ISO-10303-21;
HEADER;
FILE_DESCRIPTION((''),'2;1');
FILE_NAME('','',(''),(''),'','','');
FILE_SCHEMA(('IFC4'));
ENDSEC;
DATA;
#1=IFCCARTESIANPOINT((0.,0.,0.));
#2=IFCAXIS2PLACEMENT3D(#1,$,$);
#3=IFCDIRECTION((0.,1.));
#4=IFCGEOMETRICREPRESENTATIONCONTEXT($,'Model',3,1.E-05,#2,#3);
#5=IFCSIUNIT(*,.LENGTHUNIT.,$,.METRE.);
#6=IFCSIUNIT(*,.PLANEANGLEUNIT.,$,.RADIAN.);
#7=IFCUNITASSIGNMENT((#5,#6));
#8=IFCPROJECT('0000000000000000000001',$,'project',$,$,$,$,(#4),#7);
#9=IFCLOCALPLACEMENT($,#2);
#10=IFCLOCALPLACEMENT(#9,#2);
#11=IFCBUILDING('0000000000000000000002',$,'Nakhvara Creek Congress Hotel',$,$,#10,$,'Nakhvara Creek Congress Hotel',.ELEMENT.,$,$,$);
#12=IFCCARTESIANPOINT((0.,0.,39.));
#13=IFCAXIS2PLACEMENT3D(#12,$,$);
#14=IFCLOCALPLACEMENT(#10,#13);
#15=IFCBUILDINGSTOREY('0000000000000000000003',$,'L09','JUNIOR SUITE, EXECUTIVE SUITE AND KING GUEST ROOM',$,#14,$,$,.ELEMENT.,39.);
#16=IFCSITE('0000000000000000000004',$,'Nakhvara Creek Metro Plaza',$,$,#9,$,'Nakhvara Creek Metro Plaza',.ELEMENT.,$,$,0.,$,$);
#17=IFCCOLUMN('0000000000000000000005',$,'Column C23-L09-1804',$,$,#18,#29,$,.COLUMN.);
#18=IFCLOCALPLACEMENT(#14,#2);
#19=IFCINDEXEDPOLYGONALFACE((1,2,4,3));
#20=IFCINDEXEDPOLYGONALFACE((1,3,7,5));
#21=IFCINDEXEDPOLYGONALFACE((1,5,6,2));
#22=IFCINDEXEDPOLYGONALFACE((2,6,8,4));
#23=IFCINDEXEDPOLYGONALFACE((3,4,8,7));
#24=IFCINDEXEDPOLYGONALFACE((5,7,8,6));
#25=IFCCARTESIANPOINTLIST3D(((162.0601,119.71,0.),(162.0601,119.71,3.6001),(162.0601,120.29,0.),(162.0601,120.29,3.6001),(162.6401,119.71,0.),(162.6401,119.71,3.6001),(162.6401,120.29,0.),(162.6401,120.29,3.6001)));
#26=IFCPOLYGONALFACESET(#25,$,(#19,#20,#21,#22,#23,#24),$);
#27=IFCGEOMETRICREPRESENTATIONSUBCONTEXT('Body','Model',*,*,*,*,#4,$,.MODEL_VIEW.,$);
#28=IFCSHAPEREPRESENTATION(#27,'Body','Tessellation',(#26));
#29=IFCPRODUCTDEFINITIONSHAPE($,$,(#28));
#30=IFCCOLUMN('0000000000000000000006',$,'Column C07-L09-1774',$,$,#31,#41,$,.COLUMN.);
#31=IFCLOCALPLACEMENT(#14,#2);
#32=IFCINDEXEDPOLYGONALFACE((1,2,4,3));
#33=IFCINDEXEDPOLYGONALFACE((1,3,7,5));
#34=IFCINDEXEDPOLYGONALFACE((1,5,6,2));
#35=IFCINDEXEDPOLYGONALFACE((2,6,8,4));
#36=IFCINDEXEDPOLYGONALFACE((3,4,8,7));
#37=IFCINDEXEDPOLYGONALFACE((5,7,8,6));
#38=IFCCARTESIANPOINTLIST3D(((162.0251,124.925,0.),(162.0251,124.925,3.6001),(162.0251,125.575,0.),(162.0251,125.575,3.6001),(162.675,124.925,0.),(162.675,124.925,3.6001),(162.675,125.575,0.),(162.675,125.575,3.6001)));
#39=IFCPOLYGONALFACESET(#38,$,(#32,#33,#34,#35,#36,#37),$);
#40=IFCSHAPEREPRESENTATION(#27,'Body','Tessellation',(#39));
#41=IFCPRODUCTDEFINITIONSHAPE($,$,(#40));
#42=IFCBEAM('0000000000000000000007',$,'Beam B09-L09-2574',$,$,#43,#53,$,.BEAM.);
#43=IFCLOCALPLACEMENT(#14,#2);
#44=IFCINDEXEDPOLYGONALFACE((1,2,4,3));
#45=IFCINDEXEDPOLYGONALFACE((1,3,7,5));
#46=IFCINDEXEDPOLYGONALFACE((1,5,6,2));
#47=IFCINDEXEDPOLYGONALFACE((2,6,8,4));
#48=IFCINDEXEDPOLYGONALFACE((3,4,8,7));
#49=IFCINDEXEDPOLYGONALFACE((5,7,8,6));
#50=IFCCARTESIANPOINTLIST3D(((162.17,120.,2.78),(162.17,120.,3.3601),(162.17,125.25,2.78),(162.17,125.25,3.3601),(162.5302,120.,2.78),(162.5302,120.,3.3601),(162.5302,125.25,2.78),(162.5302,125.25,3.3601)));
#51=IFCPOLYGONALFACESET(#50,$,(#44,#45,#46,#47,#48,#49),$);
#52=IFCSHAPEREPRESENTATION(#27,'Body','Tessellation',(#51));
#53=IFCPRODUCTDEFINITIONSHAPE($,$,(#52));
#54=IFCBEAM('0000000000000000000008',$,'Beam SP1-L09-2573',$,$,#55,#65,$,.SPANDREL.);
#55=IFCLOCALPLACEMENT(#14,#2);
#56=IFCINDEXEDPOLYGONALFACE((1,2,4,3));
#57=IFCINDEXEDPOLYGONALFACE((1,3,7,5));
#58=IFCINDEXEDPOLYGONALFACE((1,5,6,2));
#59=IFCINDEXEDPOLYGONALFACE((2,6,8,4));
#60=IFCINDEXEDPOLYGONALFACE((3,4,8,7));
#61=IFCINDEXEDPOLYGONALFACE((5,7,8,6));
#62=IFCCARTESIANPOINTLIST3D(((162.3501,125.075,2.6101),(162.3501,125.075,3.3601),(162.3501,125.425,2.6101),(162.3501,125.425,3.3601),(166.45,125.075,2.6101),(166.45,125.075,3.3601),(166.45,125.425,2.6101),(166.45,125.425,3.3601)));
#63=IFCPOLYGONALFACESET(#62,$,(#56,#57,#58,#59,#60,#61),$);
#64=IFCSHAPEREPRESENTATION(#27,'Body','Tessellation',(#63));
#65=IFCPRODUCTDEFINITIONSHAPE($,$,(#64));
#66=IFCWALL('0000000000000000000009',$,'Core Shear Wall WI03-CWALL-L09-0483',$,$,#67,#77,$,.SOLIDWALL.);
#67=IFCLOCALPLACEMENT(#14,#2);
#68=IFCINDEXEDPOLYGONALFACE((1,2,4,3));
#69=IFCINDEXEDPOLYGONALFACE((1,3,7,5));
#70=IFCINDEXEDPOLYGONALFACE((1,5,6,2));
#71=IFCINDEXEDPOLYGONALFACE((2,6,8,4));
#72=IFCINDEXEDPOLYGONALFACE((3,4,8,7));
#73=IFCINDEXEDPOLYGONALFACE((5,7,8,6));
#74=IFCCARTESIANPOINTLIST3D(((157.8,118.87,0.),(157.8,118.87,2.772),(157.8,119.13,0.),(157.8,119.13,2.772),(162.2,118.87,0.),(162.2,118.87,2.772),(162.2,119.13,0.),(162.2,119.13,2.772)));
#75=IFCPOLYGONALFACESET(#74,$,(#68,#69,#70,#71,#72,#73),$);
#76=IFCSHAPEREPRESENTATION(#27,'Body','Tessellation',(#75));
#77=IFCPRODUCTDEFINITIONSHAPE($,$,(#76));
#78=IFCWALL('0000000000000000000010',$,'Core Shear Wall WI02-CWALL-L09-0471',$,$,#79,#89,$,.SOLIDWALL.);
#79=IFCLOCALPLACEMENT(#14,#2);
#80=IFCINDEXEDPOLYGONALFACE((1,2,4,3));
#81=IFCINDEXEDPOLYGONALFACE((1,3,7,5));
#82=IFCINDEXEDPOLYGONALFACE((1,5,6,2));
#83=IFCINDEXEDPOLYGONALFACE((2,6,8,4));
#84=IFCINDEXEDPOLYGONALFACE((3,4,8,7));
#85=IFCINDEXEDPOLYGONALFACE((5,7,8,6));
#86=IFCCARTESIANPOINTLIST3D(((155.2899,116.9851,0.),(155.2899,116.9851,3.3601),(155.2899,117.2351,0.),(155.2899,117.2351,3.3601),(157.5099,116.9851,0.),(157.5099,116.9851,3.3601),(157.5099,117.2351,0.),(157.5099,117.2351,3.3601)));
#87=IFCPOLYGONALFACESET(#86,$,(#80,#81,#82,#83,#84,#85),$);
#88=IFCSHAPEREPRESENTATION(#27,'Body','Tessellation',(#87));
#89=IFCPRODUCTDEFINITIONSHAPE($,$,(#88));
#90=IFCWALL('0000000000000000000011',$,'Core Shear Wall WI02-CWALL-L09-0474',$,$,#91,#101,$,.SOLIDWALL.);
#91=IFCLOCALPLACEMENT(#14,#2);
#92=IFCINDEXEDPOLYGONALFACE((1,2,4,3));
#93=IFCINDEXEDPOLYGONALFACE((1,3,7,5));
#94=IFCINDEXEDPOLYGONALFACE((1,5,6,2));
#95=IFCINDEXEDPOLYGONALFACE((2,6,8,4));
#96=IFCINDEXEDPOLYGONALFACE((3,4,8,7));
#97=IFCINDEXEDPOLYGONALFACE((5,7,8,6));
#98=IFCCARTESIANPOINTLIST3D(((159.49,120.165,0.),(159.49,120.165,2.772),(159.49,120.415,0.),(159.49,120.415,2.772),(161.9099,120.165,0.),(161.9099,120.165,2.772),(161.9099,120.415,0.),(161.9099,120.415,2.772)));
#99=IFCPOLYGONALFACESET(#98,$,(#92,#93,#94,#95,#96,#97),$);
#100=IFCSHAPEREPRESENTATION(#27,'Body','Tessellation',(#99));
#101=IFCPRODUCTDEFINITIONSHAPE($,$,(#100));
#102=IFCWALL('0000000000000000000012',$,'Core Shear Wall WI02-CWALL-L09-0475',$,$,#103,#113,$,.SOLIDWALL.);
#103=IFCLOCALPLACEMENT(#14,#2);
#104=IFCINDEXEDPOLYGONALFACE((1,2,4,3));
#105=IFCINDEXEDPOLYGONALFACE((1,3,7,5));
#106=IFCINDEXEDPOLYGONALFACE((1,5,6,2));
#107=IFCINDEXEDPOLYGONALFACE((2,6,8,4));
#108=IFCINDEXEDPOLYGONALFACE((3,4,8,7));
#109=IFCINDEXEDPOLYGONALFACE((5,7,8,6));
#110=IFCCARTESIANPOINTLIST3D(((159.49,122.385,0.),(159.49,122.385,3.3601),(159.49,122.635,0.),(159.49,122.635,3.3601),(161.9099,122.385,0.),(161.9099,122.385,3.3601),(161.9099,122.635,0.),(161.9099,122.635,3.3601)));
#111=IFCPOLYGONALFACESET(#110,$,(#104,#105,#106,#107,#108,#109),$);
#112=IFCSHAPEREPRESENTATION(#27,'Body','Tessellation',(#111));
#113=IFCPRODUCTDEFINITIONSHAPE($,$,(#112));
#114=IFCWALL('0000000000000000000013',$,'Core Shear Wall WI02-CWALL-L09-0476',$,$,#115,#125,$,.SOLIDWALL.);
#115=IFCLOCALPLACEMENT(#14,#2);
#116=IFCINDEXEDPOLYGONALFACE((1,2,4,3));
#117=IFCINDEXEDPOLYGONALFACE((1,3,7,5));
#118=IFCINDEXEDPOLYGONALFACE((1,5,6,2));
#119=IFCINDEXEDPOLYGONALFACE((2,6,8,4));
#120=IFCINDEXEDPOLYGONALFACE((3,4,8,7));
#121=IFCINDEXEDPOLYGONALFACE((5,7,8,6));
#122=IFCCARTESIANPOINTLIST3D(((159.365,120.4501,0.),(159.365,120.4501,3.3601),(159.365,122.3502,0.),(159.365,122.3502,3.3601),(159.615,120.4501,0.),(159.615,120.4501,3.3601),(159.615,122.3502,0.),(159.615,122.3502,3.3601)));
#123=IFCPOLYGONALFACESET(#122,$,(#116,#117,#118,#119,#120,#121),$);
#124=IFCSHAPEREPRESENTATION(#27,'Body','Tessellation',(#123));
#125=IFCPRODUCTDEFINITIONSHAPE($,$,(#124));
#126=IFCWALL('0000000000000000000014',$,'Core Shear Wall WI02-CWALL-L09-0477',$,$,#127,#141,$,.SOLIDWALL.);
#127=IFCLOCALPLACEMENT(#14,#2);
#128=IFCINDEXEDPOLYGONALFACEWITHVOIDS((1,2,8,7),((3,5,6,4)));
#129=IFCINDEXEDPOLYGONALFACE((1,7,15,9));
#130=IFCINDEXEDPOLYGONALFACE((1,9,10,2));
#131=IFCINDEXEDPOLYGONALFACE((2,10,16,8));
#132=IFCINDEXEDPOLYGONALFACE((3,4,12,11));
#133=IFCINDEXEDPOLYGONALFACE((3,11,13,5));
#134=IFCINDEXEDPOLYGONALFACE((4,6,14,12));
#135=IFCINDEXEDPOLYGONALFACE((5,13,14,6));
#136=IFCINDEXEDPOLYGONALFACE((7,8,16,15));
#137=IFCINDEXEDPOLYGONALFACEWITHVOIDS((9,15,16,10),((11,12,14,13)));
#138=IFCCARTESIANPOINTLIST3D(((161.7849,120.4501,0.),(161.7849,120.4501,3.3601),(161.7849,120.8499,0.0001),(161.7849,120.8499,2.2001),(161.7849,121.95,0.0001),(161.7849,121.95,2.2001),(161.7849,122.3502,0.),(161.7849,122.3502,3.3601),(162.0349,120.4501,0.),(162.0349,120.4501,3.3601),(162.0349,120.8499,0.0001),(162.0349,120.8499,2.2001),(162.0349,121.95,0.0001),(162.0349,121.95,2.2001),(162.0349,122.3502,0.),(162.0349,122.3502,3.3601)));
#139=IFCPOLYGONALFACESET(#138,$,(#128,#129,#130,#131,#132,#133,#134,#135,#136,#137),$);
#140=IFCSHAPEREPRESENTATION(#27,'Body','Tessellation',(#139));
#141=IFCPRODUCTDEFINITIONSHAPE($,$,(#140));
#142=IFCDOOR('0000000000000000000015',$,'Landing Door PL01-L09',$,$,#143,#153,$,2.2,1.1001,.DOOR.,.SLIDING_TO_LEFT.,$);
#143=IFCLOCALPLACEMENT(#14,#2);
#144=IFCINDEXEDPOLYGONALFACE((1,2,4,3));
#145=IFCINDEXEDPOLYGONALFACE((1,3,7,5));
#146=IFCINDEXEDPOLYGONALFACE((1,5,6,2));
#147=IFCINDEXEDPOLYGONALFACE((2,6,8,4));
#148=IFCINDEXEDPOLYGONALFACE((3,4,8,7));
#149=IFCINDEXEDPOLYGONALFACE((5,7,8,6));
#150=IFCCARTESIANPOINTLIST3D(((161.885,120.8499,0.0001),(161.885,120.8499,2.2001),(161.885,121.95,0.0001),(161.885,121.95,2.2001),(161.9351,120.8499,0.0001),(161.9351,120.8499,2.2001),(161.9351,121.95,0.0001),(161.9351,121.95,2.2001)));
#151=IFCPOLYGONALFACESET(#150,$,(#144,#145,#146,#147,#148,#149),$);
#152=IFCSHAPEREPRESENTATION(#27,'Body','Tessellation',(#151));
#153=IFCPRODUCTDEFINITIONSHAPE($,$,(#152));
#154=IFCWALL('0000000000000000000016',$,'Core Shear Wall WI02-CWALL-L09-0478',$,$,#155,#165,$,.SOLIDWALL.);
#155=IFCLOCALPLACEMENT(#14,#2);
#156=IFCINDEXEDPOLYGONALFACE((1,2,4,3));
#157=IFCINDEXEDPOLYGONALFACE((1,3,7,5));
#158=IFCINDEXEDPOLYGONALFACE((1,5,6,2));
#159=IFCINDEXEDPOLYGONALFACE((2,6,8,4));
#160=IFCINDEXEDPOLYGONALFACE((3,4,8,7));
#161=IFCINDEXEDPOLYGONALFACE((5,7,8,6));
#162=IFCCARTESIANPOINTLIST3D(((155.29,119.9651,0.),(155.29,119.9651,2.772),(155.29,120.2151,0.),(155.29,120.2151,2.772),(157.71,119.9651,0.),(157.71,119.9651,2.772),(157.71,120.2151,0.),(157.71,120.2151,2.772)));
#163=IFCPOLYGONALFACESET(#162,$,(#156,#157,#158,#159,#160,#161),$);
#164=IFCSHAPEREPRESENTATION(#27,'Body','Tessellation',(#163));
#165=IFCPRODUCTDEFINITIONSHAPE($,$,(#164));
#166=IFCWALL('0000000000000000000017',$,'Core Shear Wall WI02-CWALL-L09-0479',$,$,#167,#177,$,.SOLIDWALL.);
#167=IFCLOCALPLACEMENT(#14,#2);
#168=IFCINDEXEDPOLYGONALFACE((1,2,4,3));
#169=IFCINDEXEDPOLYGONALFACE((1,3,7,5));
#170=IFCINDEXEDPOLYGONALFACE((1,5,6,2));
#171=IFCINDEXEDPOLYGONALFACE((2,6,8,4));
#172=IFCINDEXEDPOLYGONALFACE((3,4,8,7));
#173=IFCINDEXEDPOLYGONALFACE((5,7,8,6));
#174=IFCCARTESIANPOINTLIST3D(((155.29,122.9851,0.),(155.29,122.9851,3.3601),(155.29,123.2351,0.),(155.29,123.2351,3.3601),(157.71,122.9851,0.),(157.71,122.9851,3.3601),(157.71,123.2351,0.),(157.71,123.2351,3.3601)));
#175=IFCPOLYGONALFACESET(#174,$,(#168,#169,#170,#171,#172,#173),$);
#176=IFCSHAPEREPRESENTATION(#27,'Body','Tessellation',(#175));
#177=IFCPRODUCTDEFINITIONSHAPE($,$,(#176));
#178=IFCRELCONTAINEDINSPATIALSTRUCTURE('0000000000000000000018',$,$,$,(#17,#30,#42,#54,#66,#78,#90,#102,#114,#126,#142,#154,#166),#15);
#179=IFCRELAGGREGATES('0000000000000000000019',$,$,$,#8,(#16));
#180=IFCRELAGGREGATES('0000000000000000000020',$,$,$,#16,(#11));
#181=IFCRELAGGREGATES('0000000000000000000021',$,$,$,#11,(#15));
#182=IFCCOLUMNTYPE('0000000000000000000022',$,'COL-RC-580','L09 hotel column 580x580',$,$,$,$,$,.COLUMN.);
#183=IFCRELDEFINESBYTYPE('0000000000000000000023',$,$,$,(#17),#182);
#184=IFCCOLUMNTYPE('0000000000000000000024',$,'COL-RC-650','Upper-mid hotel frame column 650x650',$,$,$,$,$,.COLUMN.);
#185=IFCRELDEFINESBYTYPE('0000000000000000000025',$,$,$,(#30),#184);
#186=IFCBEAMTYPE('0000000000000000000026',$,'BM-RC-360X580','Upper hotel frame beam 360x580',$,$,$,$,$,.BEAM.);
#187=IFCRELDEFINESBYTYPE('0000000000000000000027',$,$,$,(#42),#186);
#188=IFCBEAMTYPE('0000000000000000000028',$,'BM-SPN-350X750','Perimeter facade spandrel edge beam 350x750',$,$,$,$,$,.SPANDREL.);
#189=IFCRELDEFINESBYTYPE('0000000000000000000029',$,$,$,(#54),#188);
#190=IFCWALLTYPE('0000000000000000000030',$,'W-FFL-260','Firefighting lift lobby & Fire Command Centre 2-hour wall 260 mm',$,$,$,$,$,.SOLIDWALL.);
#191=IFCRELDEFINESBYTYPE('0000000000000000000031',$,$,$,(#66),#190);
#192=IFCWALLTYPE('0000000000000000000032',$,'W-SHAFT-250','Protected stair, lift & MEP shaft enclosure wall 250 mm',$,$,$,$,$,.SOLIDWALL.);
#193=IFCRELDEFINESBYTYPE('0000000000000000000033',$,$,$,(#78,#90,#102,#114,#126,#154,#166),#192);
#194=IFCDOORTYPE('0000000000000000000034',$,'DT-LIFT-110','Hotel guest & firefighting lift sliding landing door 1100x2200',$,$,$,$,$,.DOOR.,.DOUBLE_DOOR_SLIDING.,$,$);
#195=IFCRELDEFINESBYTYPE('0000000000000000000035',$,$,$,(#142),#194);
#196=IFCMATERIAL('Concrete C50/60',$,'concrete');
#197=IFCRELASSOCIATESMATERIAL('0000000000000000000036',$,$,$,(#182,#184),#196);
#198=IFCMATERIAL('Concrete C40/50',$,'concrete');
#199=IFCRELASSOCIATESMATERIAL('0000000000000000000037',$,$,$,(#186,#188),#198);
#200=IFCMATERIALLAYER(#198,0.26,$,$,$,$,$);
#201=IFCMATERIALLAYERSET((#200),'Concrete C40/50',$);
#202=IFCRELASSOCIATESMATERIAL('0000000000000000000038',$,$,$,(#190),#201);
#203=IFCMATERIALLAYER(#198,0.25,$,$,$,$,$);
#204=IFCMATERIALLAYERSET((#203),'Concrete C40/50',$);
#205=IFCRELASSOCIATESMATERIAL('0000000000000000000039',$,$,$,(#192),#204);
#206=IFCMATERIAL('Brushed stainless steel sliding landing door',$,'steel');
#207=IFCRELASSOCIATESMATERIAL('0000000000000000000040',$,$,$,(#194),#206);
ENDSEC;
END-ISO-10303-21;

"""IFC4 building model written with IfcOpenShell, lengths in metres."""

from ifc_helpers import new_model, si_unit, direction, frame, frame_2d, origin, origin_2d, place, context, subcontext, project, spatial, rectangle, extrude, material, layer, layer_set, material_profile, profile_set, type_object, element, fill, save


model = new_model("IFC4")

# Units and contexts
model_context = context("Model", 3, precision=1e-05, world=origin(), true_north=direction((0.0, 1.0)))
body_context = subcontext(model_context, "Body", "Model", "MODEL_VIEW")
ifc_project = project(units=[si_unit("LENGTHUNIT", "METRE"), si_unit("PLANEANGLEUNIT", "RADIAN")], contexts=[model_context])

# Site, building, storey
site_placement = place(None, origin())
site = spatial("IfcSite", under=ifc_project, at=site_placement, Name="Nakhvara Creek Metro Plaza", LongName="Nakhvara Creek Metro Plaza", CompositionType="ELEMENT", RefElevation=0.0)
building_placement = place(site_placement, origin())
building = spatial("IfcBuilding", under=site, at=building_placement, Name="Nakhvara Creek Congress Hotel", LongName="Nakhvara Creek Congress Hotel", CompositionType="ELEMENT")
storey_placement = place(building_placement, frame((0.0, 0.0, 39.0)))
storey = spatial("IfcBuildingStorey", under=building, at=storey_placement, Name="L09", Description="JUNIOR SUITE, EXECUTIVE SUITE AND KING GUEST ROOM", CompositionType="ELEMENT", Elevation=39.0)

# Columns
ifc_material_1 = material(Name="Concrete C50/60", Category="concrete")
ifc_material_profile_1 = material_profile(ifc_material_1, rectangle(XDim=0.5801, YDim=0.5801, at=origin_2d()), Name="RC-COL 580x580", Category="LoadBearing")
ifc_profile_set_1 = profile_set([ifc_material_profile_1], Name="Concrete C50/60")
column_type_1 = type_object("IfcColumnType", Name="COL-RC-580", Description="L09 hotel column 580x580", PredefinedType="COLUMN", material=ifc_profile_set_1)
column_1_placement = place(storey_placement, frame((162.3501, 120.0, 0.0), z_axis=(0.0, 0.0, 1.0), x_axis=(1.0, 0.0, 0.0)))
element("IfcColumn", 1, at=column_1_placement, inside=storey, type_object=column_type_1, Name="Column C23-L09-1804", PredefinedType="COLUMN", context=body_context, shape_type="SweptSolid", body=[
    extrude(rectangle(XDim=0.5801, YDim=0.5801, at=origin_2d()), origin(), (0.0, 0.0, 1.0), 3.6001),
])
ifc_material_profile_2 = material_profile(ifc_material_1, rectangle(XDim=0.6499, YDim=0.6499, at=origin_2d()), Name="RC-COL 650x650", Category="LoadBearing")
ifc_profile_set_2 = profile_set([ifc_material_profile_2], Name="Concrete C50/60")
column_type_2 = type_object("IfcColumnType", Name="COL-RC-650", Description="Upper-mid hotel frame column 650x650", PredefinedType="COLUMN", material=ifc_profile_set_2)
column_2_placement = place(storey_placement, frame((162.3501, 125.25, 0.0), z_axis=(0.0, 0.0, 1.0), x_axis=(1.0, 0.0, 0.0)))
element("IfcColumn", 2, at=column_2_placement, inside=storey, type_object=column_type_2, Name="Column C07-L09-1774", PredefinedType="COLUMN", context=body_context, shape_type="SweptSolid", body=[
    extrude(rectangle(XDim=0.6499, YDim=0.6499, at=origin_2d()), origin(), (0.0, 0.0, 1.0), 3.6001),
])

# Beams
ifc_material_2 = material(Name="Concrete C40/50", Category="concrete")
ifc_material_profile_3 = material_profile(ifc_material_2, rectangle(XDim=0.3601, YDim=0.5801, at=origin_2d()), Name="RC-BM 360x580", Category="LoadBearing")
ifc_profile_set_3 = profile_set([ifc_material_profile_3], Name="Concrete C40/50")
beam_type_1 = type_object("IfcBeamType", Name="BM-RC-360X580", Description="Upper hotel frame beam 360x580", PredefinedType="BEAM", material=ifc_profile_set_3)
beam_1_placement = place(storey_placement, frame((162.3501, 120.0, 3.0701), z_axis=(0.0, 1.0, 0.0), x_axis=(-1.0, 0.0, 0.0)))
element("IfcBeam", 3, at=beam_1_placement, inside=storey, type_object=beam_type_1, Name="Beam B09-L09-2574", PredefinedType="BEAM", context=body_context, shape_type="SweptSolid", body=[
    extrude(rectangle(XDim=0.3601, YDim=0.5801, at=origin_2d()), origin(), (0.0, 0.0, 1.0), 5.25),
])
ifc_material_profile_4 = material_profile(ifc_material_2, rectangle(XDim=0.3501, YDim=0.75, at=origin_2d()), Name="RC-SPANDREL 350x750", Category="LoadBearing")
ifc_profile_set_4 = profile_set([ifc_material_profile_4], Name="Concrete C40/50")
beam_type_2 = type_object("IfcBeamType", Name="BM-SPN-350X750", Description="Perimeter facade spandrel edge beam 350x750", PredefinedType="SPANDREL", material=ifc_profile_set_4)
beam_2_placement = place(storey_placement, frame((162.3501, 125.25, 2.9851), z_axis=(1.0, 0.0, 0.0), x_axis=(0.0, 1.0, 0.0)))
element("IfcBeam", 4, at=beam_2_placement, inside=storey, type_object=beam_type_2, Name="Beam SP1-L09-2573", PredefinedType="SPANDREL", context=body_context, shape_type="SweptSolid", body=[
    extrude(rectangle(XDim=0.3501, YDim=0.75, at=origin_2d()), origin(), (0.0, 0.0, 1.0), 4.0999),
])

# Walls
ifc_layer_1 = layer(ifc_material_2, 0.26)
ifc_layer_set_1 = layer_set([ifc_layer_1], Name="Concrete C40/50")
wall_type_1 = type_object("IfcWallType", Name="W-FFL-260", Description="Firefighting lift lobby & Fire Command Centre 2-hour wall 260 mm", PredefinedType="SOLIDWALL", material=ifc_layer_set_1)
wall_1_placement = place(storey_placement, frame((157.8, 119.0, 0.0), z_axis=(0.0, 0.0, 1.0), x_axis=(1.0, 0.0, 0.0)))
element("IfcWall", 5, at=wall_1_placement, inside=storey, type_object=wall_type_1, Name="Core Shear Wall WI03-CWALL-L09-0483", PredefinedType="SOLIDWALL", context=body_context, shape_type="SweptSolid", body=[
    extrude(rectangle(XDim=4.3999, YDim=0.26, at=frame_2d((2.2, 0.0))), origin(), (0.0, 0.0, 1.0), 2.772),
])
ifc_layer_2 = layer(ifc_material_2, 0.25)
ifc_layer_set_2 = layer_set([ifc_layer_2], Name="Concrete C40/50")
wall_type_2 = type_object("IfcWallType", Name="W-SHAFT-250", Description="Protected stair, lift & MEP shaft enclosure wall 250 mm", PredefinedType="SOLIDWALL", material=ifc_layer_set_2)
wall_2_placement = place(storey_placement, frame((155.29, 117.1101, 0.0), z_axis=(0.0, 0.0, 1.0), x_axis=(1.0, 0.0, 0.0)))
element("IfcWall", 6, at=wall_2_placement, inside=storey, type_object=wall_type_2, Name="Core Shear Wall WI02-CWALL-L09-0471", PredefinedType="SOLIDWALL", context=body_context, shape_type="SweptSolid", body=[
    extrude(rectangle(XDim=2.22, YDim=0.25, at=frame_2d((1.1099, 0.0))), origin(), (0.0, 0.0, 1.0), 3.3601),
])
wall_3_placement = place(storey_placement, frame((159.49, 120.29, 0.0), z_axis=(0.0, 0.0, 1.0), x_axis=(1.0, 0.0, 0.0)))
element("IfcWall", 7, at=wall_3_placement, inside=storey, type_object=wall_type_2, Name="Core Shear Wall WI02-CWALL-L09-0474", PredefinedType="SOLIDWALL", context=body_context, shape_type="SweptSolid", body=[
    extrude(rectangle(XDim=2.4199, YDim=0.25, at=frame_2d((1.21, 0.0))), origin(), (0.0, 0.0, 1.0), 2.772),
])
wall_4_placement = place(storey_placement, frame((159.49, 122.51, 0.0), z_axis=(0.0, 0.0, 1.0), x_axis=(1.0, 0.0, 0.0)))
element("IfcWall", 8, at=wall_4_placement, inside=storey, type_object=wall_type_2, Name="Core Shear Wall WI02-CWALL-L09-0475", PredefinedType="SOLIDWALL", context=body_context, shape_type="SweptSolid", body=[
    extrude(rectangle(XDim=2.4199, YDim=0.25, at=frame_2d((1.21, 0.0))), origin(), (0.0, 0.0, 1.0), 3.3601),
])
wall_5_placement = place(storey_placement, frame((159.49, 120.45, 0.0), z_axis=(0.0, 0.0, 1.0), x_axis=(0.0, 1.0, 0.0)))
element("IfcWall", 9, at=wall_5_placement, inside=storey, type_object=wall_type_2, Name="Core Shear Wall WI02-CWALL-L09-0476", PredefinedType="SOLIDWALL", context=body_context, shape_type="SweptSolid", body=[
    extrude(rectangle(XDim=1.9001, YDim=0.25, at=frame_2d((0.9502, 0.0))), origin(), (0.0, 0.0, 1.0), 3.3601),
])

# Wall, opening, door
wall_6_placement = place(storey_placement, frame((161.9099, 120.45, 0.0), z_axis=(0.0, 0.0, 1.0), x_axis=(0.0, 1.0, 0.0)))
wall_6 = element("IfcWall", 10, at=wall_6_placement, inside=storey, type_object=wall_type_2, Name="Core Shear Wall WI02-CWALL-L09-0477", PredefinedType="SOLIDWALL", context=body_context, shape_type="SweptSolid", body=[
    extrude(rectangle(XDim=1.9001, YDim=0.25, at=frame_2d((0.9502, 0.0))), origin(), (0.0, 0.0, 1.0), 3.3601),
])
opening_1_placement = place(wall_6_placement, frame((0.3999, 0.0, 0.0)))
opening_1 = element("IfcOpeningElement", 11, at=opening_1_placement, cuts=wall_6, PredefinedType="OPENING", context=body_context, shape_type="SweptSolid", body=[
    extrude(rectangle(XDim=1.1001, YDim=2.2, at=frame_2d((0.55, 1.1001))), frame((0.0, 0.137, 0.0), z_axis=(0.0, -1.0, 0.0), x_axis=(1.0, 0.0, 0.0)), (0.0, 0.0, 1.0), 0.2739),
])
ifc_material_3 = material(Name="Brushed stainless steel sliding landing door", Category="steel")
door_type = type_object("IfcDoorType", Name="DT-LIFT-110", Description="Hotel guest & firefighting lift sliding landing door 1100x2200", OperationType="DOUBLE_DOOR_SLIDING", PredefinedType="DOOR", material=ifc_material_3)
door_1_placement = place(opening_1_placement, origin())
door_1 = element("IfcDoor", 12, at=door_1_placement, inside=storey, type_object=door_type, Name="Landing Door PL01-L09", OperationType="SLIDING_TO_LEFT", OverallHeight=2.2, OverallWidth=1.1001, PredefinedType="DOOR", context=body_context, shape_type="SweptSolid", body=[
    extrude(rectangle(XDim=1.1001, YDim=2.2, at=frame_2d((0.55, 1.1001))), frame((0.0, 0.0249, 0.0), z_axis=(0.0, -1.0, 0.0), x_axis=(1.0, 0.0, 0.0)), (0.0, 0.0, 1.0), 0.05),
])
fill(opening_1, door_1)

# Walls
wall_7_placement = place(storey_placement, frame((155.29, 120.0901, 0.0), z_axis=(0.0, 0.0, 1.0), x_axis=(1.0, 0.0, 0.0)))
element("IfcWall", 13, at=wall_7_placement, inside=storey, type_object=wall_type_2, Name="Core Shear Wall WI02-CWALL-L09-0478", PredefinedType="SOLIDWALL", context=body_context, shape_type="SweptSolid", body=[
    extrude(rectangle(XDim=2.4199, YDim=0.25, at=frame_2d((1.21, 0.0))), origin(), (0.0, 0.0, 1.0), 2.772),
])
wall_8_placement = place(storey_placement, frame((155.29, 123.1101, 0.0), z_axis=(0.0, 0.0, 1.0), x_axis=(1.0, 0.0, 0.0)))
element("IfcWall", 14, at=wall_8_placement, inside=storey, type_object=wall_type_2, Name="Core Shear Wall WI02-CWALL-L09-0479", PredefinedType="SOLIDWALL", context=body_context, shape_type="SweptSolid", body=[
    extrude(rectangle(XDim=2.4199, YDim=0.25, at=frame_2d((1.21, 0.0))), origin(), (0.0, 0.0, 1.0), 3.3601),
])

save(model, "model.ifc")
